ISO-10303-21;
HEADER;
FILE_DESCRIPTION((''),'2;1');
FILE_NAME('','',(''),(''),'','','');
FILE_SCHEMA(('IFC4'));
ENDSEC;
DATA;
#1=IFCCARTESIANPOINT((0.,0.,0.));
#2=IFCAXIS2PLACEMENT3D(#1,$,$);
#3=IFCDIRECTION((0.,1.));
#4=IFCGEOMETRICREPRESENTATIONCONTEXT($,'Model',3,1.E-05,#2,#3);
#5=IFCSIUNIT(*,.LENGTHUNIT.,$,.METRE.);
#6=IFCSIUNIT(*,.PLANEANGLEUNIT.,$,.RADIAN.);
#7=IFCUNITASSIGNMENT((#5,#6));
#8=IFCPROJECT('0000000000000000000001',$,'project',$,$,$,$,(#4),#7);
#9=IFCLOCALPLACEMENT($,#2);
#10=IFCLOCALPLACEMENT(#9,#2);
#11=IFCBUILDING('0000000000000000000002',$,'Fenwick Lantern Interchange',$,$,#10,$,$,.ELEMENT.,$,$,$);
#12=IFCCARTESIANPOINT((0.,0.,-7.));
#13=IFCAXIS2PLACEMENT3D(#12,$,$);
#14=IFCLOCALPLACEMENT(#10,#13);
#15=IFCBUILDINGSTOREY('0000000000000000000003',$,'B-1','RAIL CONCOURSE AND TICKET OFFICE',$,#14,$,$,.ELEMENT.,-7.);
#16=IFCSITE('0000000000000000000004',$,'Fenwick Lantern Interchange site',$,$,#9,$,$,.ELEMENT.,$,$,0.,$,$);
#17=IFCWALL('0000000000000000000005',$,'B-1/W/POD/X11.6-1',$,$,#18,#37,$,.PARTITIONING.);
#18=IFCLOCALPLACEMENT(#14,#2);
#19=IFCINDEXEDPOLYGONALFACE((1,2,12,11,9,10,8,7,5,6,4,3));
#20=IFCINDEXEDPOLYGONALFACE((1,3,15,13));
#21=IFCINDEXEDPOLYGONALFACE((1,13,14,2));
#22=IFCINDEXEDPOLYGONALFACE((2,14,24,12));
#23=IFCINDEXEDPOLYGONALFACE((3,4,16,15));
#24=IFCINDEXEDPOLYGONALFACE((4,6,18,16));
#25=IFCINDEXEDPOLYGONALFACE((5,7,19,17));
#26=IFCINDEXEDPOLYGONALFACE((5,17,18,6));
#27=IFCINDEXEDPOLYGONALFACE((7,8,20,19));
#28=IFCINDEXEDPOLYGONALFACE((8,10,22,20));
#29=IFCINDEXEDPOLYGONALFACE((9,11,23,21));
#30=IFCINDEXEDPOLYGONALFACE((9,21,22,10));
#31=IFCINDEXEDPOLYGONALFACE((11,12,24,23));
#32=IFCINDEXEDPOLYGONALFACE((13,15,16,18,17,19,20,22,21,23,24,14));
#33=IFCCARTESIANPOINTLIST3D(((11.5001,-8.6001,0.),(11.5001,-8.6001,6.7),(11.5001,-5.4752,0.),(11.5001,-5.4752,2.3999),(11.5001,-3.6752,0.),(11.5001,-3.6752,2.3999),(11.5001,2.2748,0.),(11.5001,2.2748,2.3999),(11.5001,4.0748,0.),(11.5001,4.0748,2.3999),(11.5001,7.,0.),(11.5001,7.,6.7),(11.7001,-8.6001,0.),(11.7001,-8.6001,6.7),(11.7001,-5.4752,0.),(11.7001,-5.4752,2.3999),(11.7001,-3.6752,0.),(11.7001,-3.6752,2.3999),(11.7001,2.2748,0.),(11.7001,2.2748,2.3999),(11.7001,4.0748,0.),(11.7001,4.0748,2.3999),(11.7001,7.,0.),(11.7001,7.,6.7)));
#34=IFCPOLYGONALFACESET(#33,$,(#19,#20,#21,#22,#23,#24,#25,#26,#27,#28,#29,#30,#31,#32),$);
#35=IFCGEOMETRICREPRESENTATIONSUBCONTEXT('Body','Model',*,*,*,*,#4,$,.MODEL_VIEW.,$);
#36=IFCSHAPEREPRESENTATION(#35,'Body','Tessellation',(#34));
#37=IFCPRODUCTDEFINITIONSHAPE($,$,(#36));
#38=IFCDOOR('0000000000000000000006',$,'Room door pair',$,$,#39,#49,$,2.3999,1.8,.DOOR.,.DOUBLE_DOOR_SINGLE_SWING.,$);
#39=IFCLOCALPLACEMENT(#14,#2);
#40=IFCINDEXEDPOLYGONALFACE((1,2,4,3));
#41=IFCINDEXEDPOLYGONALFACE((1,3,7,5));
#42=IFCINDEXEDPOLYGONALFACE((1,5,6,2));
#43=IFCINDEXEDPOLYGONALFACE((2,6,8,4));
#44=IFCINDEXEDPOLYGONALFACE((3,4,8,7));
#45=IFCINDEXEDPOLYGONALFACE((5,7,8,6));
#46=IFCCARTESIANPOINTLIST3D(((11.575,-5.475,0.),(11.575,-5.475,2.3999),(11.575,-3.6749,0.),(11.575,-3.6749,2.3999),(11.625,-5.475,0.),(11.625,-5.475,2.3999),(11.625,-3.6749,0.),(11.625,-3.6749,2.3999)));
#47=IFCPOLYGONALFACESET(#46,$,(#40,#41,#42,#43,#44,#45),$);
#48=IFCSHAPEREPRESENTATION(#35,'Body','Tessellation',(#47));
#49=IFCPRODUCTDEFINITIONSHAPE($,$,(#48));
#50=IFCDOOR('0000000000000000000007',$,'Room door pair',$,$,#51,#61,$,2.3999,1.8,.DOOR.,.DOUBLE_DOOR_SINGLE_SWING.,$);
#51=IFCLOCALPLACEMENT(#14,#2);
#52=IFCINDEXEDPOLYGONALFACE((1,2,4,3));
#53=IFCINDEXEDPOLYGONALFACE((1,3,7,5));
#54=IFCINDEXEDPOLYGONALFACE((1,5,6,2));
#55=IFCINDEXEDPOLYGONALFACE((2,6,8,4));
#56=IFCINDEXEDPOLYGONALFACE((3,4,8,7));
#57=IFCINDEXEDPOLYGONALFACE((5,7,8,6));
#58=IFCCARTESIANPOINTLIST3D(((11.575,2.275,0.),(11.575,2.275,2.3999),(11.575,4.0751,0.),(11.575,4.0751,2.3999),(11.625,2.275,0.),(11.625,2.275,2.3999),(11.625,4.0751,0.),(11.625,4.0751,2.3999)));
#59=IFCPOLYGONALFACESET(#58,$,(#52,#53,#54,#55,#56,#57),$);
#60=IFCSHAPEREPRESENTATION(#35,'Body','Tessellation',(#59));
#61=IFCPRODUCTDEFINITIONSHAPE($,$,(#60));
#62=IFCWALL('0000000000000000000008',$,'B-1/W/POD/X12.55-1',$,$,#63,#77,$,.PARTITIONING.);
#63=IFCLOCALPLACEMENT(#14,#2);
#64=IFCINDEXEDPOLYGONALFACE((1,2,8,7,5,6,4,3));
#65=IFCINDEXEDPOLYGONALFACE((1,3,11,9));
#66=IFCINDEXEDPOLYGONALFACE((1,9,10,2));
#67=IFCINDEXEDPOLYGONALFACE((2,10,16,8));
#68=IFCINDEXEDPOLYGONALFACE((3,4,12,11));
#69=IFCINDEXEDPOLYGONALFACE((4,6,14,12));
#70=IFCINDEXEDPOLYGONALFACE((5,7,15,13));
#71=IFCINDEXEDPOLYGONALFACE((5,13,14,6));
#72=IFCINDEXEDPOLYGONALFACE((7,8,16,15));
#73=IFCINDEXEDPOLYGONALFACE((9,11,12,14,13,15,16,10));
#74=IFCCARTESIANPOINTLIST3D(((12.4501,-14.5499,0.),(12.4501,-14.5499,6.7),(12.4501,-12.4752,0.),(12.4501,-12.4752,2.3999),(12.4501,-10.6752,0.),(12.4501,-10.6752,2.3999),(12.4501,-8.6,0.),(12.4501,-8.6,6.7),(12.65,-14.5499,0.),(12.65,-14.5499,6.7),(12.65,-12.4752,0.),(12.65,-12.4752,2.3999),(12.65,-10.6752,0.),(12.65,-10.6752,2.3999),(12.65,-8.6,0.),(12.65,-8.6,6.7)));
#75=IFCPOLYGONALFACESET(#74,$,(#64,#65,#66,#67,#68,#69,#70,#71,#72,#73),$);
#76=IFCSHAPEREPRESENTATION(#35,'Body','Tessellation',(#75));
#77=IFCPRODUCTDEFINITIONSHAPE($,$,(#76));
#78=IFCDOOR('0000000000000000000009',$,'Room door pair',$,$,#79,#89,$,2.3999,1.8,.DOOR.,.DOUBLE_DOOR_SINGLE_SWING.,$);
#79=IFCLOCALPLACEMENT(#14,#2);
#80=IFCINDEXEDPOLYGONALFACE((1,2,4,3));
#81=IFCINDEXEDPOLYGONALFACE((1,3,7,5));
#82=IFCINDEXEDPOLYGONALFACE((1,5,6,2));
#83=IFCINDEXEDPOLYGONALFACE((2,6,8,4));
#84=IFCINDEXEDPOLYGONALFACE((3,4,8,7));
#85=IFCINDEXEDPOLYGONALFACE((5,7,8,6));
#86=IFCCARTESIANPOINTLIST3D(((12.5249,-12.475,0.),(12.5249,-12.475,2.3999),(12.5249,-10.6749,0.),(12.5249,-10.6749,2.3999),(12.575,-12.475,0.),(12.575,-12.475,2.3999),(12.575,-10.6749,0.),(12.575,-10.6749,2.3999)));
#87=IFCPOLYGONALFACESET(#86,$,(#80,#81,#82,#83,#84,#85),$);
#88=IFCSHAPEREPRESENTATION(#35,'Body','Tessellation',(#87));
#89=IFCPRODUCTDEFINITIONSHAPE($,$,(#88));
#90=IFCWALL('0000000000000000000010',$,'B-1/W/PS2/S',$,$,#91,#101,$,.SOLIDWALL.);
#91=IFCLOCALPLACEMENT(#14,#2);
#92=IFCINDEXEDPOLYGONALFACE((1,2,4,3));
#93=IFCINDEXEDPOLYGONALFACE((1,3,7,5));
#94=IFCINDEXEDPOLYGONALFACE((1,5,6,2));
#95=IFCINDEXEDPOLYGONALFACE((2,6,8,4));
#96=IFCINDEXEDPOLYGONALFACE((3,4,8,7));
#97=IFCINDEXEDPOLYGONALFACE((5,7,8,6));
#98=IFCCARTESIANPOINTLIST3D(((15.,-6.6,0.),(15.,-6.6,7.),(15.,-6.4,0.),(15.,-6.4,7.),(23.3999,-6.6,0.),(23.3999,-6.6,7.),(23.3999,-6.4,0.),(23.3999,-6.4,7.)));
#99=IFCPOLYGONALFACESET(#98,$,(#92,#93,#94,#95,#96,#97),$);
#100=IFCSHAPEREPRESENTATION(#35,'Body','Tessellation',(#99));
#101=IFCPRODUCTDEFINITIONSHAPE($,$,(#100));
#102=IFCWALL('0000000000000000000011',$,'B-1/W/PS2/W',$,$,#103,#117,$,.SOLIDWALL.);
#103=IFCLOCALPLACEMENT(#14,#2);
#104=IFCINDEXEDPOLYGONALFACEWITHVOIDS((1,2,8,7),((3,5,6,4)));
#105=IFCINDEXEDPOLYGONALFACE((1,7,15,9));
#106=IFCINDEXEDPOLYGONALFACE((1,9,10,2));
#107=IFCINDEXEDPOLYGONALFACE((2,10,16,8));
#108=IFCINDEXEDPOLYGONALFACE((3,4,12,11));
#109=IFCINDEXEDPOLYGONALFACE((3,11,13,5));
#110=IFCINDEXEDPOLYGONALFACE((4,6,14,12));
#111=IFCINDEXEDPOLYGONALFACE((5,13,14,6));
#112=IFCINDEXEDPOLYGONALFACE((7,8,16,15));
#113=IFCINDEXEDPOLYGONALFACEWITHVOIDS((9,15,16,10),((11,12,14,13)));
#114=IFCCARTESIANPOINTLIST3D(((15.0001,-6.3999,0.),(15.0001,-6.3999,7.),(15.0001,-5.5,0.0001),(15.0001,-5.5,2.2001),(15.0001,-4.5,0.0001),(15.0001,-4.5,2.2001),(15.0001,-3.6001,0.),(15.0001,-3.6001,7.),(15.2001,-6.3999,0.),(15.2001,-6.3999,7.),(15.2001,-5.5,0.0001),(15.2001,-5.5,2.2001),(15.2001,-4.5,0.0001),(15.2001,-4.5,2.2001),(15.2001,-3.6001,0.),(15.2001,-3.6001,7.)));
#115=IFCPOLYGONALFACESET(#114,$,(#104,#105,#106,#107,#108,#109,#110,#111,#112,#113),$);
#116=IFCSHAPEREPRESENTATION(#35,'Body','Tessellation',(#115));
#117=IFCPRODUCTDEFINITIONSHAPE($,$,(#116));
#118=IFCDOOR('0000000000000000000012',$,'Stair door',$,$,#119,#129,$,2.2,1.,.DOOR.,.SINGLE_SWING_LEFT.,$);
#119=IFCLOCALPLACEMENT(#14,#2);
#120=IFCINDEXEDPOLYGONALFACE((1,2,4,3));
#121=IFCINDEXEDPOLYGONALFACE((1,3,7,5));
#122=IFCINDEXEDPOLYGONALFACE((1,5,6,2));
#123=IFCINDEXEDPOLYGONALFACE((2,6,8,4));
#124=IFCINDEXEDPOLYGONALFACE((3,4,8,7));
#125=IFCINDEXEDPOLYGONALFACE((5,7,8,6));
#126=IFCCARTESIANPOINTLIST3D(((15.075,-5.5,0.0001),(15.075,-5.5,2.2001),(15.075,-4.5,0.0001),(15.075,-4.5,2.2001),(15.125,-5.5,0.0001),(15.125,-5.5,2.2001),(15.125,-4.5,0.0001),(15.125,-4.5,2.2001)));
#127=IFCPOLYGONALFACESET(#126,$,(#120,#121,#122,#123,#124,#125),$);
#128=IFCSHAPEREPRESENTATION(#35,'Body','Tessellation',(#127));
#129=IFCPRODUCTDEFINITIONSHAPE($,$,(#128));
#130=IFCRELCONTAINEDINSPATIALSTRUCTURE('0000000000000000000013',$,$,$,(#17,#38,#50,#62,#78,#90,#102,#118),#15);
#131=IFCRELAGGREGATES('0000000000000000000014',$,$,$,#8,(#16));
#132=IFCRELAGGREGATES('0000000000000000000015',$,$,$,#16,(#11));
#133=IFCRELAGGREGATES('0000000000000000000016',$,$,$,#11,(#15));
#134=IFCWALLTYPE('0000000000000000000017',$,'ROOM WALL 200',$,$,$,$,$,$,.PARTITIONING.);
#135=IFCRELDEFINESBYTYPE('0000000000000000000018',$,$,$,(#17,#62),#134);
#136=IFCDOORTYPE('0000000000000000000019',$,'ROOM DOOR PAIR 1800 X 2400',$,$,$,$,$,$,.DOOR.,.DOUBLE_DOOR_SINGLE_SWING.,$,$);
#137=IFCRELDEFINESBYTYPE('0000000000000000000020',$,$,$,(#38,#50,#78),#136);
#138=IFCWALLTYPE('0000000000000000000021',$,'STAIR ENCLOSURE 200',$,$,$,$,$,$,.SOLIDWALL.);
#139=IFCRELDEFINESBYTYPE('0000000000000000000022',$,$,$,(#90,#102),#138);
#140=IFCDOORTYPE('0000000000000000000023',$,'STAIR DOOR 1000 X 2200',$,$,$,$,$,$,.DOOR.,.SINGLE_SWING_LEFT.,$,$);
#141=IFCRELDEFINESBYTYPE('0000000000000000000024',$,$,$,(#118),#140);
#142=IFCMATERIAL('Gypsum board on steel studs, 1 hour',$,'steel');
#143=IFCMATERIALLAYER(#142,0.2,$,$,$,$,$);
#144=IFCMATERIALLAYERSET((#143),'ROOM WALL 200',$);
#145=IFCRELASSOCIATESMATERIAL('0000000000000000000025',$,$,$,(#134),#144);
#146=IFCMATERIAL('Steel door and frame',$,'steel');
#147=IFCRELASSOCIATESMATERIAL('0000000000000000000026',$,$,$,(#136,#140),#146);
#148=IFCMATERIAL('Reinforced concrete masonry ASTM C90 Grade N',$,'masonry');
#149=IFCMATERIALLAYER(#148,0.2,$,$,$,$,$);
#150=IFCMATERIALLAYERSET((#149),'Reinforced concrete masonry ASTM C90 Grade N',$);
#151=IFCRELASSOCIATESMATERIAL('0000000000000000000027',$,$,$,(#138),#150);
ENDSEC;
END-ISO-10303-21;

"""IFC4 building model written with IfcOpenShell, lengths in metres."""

from ifc_helpers import new_model, si_unit, direction, frame, frame_2d, origin, place, context, subcontext, project, spatial, rectangle, extrude, material, layer, layer_set, type_object, element, fill, save


model = new_model("IFC4")

# Units and contexts
model_context = context("Model", 3, precision=1e-05, world=origin(), true_north=direction((0.0, 1.0)))
body_context = subcontext(model_context, "Body", "Model", "MODEL_VIEW")
ifc_project = project(units=[si_unit("LENGTHUNIT", "METRE"), si_unit("PLANEANGLEUNIT", "RADIAN")], contexts=[model_context])

# Site, building, storey
site_placement = place(None, origin())
site = spatial("IfcSite", under=ifc_project, at=site_placement, Name="Fenwick Lantern Interchange site", CompositionType="ELEMENT", RefElevation=0.0)
building_placement = place(site_placement, origin())
building = spatial("IfcBuilding", under=site, at=building_placement, Name="Fenwick Lantern Interchange", CompositionType="ELEMENT")
storey_placement = place(building_placement, frame((0.0, 0.0, -7.0)))
storey = spatial("IfcBuildingStorey", under=building, at=storey_placement, Name="B-1", Description="RAIL CONCOURSE AND TICKET OFFICE", CompositionType="ELEMENT", Elevation=-7.0)

# Wall, openings, doors
ifc_material_1 = material(Name="Gypsum board on steel studs, 1 hour", Category="steel")
ifc_layer_1 = layer(ifc_material_1, 0.2)
ifc_layer_set_1 = layer_set([ifc_layer_1], Name="ROOM WALL 200")
wall_type_1 = type_object("IfcWallType", Name="ROOM WALL 200", PredefinedType="PARTITIONING", material=ifc_layer_set_1)
wall_1_placement = place(storey_placement, frame((11.6001, -8.6001, 0.0), z_axis=(0.0, 0.0, 1.0), x_axis=(0.0, 1.0, 0.0)))
wall_1 = element("IfcWall", 1, at=wall_1_placement, inside=storey, type_object=wall_type_1, Name="B-1/W/POD/X11.6-1", PredefinedType="PARTITIONING", context=body_context, shape_type="SweptSolid", body=[
    extrude(rectangle(XDim=15.6001, YDim=0.2, at=frame_2d((7.8, 0.0))), origin(), (0.0, 0.0, 1.0), 6.7),
])
opening_1_placement = place(wall_1_placement, frame((3.125, 0.0, 0.0)))
opening_1 = element("IfcOpeningElement", 2, at=opening_1_placement, cuts=wall_1, PredefinedType="OPENING", context=body_context, shape_type="SweptSolid", body=[
    extrude(rectangle(XDim=1.8, YDim=2.3999, at=frame_2d((0.8999, 1.2))), frame((0.0, 0.1099, 0.0), z_axis=(0.0, -1.0, 0.0), x_axis=(1.0, 0.0, 0.0)), (0.0, 0.0, 1.0), 0.22),
])
opening_2_placement = place(wall_1_placement, frame((10.875, 0.0, 0.0)))
opening_2 = element("IfcOpeningElement", 3, at=opening_2_placement, cuts=wall_1, PredefinedType="OPENING", context=body_context, shape_type="SweptSolid", body=[
    extrude(rectangle(XDim=1.8, YDim=2.3999, at=frame_2d((0.8999, 1.2))), frame((0.0, 0.1099, 0.0), z_axis=(0.0, -1.0, 0.0), x_axis=(1.0, 0.0, 0.0)), (0.0, 0.0, 1.0), 0.22),
])
ifc_material_2 = material(Name="Steel door and frame", Category="steel")
door_type_1 = type_object("IfcDoorType", Name="ROOM DOOR PAIR 1800 X 2400", OperationType="DOUBLE_DOOR_SINGLE_SWING", PredefinedType="DOOR", material=ifc_material_2)
door_1_placement = place(opening_1_placement, frame((1.8, 0.0, 0.0), z_axis=(0.0, 0.0, 1.0), x_axis=(-1.0, 0.0, 0.0)))
door_1 = element("IfcDoor", 4, at=door_1_placement, inside=storey, type_object=door_type_1, Name="Room door pair", OperationType="DOUBLE_DOOR_SINGLE_SWING", OverallHeight=2.3999, OverallWidth=1.8, PredefinedType="DOOR", context=body_context, shape_type="SweptSolid", body=[
    extrude(rectangle(XDim=1.8, YDim=2.3999, at=frame_2d((0.8999, 1.2))), frame((0.0, 0.0249, 0.0), z_axis=(0.0, -1.0, 0.0), x_axis=(1.0, 0.0, 0.0)), (0.0, 0.0, 1.0), 0.05),
])
fill(opening_1, door_1)
door_2_placement = place(opening_2_placement, frame((1.8, 0.0, 0.0), z_axis=(0.0, 0.0, 1.0), x_axis=(-1.0, 0.0, 0.0)))
door_2 = element("IfcDoor", 5, at=door_2_placement, inside=storey, type_object=door_type_1, Name="Room door pair", OperationType="DOUBLE_DOOR_SINGLE_SWING", OverallHeight=2.3999, OverallWidth=1.8, PredefinedType="DOOR", context=body_context, shape_type="SweptSolid", body=[
    extrude(rectangle(XDim=1.8, YDim=2.3999, at=frame_2d((0.8999, 1.2))), frame((0.0, 0.0249, 0.0), z_axis=(0.0, -1.0, 0.0), x_axis=(1.0, 0.0, 0.0)), (0.0, 0.0, 1.0), 0.05),
])
fill(opening_2, door_2)

# Wall, opening, door
wall_2_placement = place(storey_placement, frame((12.55, -14.55, 0.0), z_axis=(0.0, 0.0, 1.0), x_axis=(0.0, 1.0, 0.0)))
wall_2 = element("IfcWall", 6, at=wall_2_placement, inside=storey, type_object=wall_type_1, Name="B-1/W/POD/X12.55-1", PredefinedType="PARTITIONING", context=body_context, shape_type="SweptSolid", body=[
    extrude(rectangle(XDim=5.95, YDim=0.2, at=frame_2d((2.9751, 0.0))), origin(), (0.0, 0.0, 1.0), 6.7),
])
opening_3_placement = place(wall_2_placement, frame((2.075, 0.0, 0.0)))
opening_3 = element("IfcOpeningElement", 7, at=opening_3_placement, cuts=wall_2, PredefinedType="OPENING", context=body_context, shape_type="SweptSolid", body=[
    extrude(rectangle(XDim=1.8, YDim=2.3999, at=frame_2d((0.8999, 1.2))), frame((0.0, 0.1099, 0.0), z_axis=(0.0, -1.0, 0.0), x_axis=(1.0, 0.0, 0.0)), (0.0, 0.0, 1.0), 0.22),
])
door_3_placement = place(opening_3_placement, frame((1.8, 0.0, 0.0), z_axis=(0.0, 0.0, 1.0), x_axis=(-1.0, 0.0, 0.0)))
door_3 = element("IfcDoor", 8, at=door_3_placement, inside=storey, type_object=door_type_1, Name="Room door pair", OperationType="DOUBLE_DOOR_SINGLE_SWING", OverallHeight=2.3999, OverallWidth=1.8, PredefinedType="DOOR", context=body_context, shape_type="SweptSolid", body=[
    extrude(rectangle(XDim=1.8, YDim=2.3999, at=frame_2d((0.8999, 1.2))), frame((0.0, 0.0249, 0.0), z_axis=(0.0, -1.0, 0.0), x_axis=(1.0, 0.0, 0.0)), (0.0, 0.0, 1.0), 0.05),
])
fill(opening_3, door_3)

# Wall
ifc_material_3 = material(Name="Reinforced concrete masonry ASTM C90 Grade N", Category="masonry")
ifc_layer_2 = layer(ifc_material_3, 0.2)
ifc_layer_set_2 = layer_set([ifc_layer_2], Name="Reinforced concrete masonry ASTM C90 Grade N")
wall_type_2 = type_object("IfcWallType", Name="STAIR ENCLOSURE 200", PredefinedType="SOLIDWALL", material=ifc_layer_set_2)
wall_3_placement = place(storey_placement, frame((15.0, -6.5, 0.0), z_axis=(0.0, 0.0, 1.0), x_axis=(1.0, 0.0, 0.0)))
element("IfcWall", 9, at=wall_3_placement, inside=storey, type_object=wall_type_2, Name="B-1/W/PS2/S", PredefinedType="SOLIDWALL", context=body_context, shape_type="SweptSolid", body=[
    extrude(rectangle(XDim=8.3999, YDim=0.2, at=frame_2d((4.2, 0.0))), origin(), (0.0, 0.0, 1.0), 7.0),
])

# Wall, opening, door
wall_4_placement = place(storey_placement, frame((15.1001, -3.6001, 0.0), z_axis=(0.0, 0.0, 1.0), x_axis=(0.0, -1.0, 0.0)))
wall_4 = element("IfcWall", 10, at=wall_4_placement, inside=storey, type_object=wall_type_2, Name="B-1/W/PS2/W", PredefinedType="SOLIDWALL", context=body_context, shape_type="SweptSolid", body=[
    extrude(rectangle(XDim=2.7998, YDim=0.2, at=frame_2d((1.3999, 0.0))), origin(), (0.0, 0.0, 1.0), 7.0),
])
opening_4_placement = place(wall_4_placement, frame((0.8999, 0.0, 0.0)))
opening_4 = element("IfcOpeningElement", 11, at=opening_4_placement, cuts=wall_4, PredefinedType="OPENING", context=body_context, shape_type="SweptSolid", body=[
    extrude(rectangle(XDim=1.0, YDim=2.2, at=frame_2d((0.5, 1.1001))), frame((0.0, 0.1099, 0.0), z_axis=(0.0, -1.0, 0.0), x_axis=(1.0, 0.0, 0.0)), (0.0, 0.0, 1.0), 0.22),
])
door_type_2 = type_object("IfcDoorType", Name="STAIR DOOR 1000 X 2200", OperationType="SINGLE_SWING_LEFT", PredefinedType="DOOR", material=ifc_material_2)
door_4_placement = place(opening_4_placement, origin())
door_4 = element("IfcDoor", 12, at=door_4_placement, inside=storey, type_object=door_type_2, Name="Stair door", OperationType="SINGLE_SWING_LEFT", OverallHeight=2.2, OverallWidth=1.0, PredefinedType="DOOR", context=body_context, shape_type="SweptSolid", body=[
    extrude(rectangle(XDim=1.0, YDim=2.2, at=frame_2d((0.5, 1.1001))), frame((0.0, 0.0249, 0.0), z_axis=(0.0, -1.0, 0.0), x_axis=(1.0, 0.0, 0.0)), (0.0, 0.0, 1.0), 0.05),
])
fill(opening_4, door_4)

save(model, "model.ifc")
